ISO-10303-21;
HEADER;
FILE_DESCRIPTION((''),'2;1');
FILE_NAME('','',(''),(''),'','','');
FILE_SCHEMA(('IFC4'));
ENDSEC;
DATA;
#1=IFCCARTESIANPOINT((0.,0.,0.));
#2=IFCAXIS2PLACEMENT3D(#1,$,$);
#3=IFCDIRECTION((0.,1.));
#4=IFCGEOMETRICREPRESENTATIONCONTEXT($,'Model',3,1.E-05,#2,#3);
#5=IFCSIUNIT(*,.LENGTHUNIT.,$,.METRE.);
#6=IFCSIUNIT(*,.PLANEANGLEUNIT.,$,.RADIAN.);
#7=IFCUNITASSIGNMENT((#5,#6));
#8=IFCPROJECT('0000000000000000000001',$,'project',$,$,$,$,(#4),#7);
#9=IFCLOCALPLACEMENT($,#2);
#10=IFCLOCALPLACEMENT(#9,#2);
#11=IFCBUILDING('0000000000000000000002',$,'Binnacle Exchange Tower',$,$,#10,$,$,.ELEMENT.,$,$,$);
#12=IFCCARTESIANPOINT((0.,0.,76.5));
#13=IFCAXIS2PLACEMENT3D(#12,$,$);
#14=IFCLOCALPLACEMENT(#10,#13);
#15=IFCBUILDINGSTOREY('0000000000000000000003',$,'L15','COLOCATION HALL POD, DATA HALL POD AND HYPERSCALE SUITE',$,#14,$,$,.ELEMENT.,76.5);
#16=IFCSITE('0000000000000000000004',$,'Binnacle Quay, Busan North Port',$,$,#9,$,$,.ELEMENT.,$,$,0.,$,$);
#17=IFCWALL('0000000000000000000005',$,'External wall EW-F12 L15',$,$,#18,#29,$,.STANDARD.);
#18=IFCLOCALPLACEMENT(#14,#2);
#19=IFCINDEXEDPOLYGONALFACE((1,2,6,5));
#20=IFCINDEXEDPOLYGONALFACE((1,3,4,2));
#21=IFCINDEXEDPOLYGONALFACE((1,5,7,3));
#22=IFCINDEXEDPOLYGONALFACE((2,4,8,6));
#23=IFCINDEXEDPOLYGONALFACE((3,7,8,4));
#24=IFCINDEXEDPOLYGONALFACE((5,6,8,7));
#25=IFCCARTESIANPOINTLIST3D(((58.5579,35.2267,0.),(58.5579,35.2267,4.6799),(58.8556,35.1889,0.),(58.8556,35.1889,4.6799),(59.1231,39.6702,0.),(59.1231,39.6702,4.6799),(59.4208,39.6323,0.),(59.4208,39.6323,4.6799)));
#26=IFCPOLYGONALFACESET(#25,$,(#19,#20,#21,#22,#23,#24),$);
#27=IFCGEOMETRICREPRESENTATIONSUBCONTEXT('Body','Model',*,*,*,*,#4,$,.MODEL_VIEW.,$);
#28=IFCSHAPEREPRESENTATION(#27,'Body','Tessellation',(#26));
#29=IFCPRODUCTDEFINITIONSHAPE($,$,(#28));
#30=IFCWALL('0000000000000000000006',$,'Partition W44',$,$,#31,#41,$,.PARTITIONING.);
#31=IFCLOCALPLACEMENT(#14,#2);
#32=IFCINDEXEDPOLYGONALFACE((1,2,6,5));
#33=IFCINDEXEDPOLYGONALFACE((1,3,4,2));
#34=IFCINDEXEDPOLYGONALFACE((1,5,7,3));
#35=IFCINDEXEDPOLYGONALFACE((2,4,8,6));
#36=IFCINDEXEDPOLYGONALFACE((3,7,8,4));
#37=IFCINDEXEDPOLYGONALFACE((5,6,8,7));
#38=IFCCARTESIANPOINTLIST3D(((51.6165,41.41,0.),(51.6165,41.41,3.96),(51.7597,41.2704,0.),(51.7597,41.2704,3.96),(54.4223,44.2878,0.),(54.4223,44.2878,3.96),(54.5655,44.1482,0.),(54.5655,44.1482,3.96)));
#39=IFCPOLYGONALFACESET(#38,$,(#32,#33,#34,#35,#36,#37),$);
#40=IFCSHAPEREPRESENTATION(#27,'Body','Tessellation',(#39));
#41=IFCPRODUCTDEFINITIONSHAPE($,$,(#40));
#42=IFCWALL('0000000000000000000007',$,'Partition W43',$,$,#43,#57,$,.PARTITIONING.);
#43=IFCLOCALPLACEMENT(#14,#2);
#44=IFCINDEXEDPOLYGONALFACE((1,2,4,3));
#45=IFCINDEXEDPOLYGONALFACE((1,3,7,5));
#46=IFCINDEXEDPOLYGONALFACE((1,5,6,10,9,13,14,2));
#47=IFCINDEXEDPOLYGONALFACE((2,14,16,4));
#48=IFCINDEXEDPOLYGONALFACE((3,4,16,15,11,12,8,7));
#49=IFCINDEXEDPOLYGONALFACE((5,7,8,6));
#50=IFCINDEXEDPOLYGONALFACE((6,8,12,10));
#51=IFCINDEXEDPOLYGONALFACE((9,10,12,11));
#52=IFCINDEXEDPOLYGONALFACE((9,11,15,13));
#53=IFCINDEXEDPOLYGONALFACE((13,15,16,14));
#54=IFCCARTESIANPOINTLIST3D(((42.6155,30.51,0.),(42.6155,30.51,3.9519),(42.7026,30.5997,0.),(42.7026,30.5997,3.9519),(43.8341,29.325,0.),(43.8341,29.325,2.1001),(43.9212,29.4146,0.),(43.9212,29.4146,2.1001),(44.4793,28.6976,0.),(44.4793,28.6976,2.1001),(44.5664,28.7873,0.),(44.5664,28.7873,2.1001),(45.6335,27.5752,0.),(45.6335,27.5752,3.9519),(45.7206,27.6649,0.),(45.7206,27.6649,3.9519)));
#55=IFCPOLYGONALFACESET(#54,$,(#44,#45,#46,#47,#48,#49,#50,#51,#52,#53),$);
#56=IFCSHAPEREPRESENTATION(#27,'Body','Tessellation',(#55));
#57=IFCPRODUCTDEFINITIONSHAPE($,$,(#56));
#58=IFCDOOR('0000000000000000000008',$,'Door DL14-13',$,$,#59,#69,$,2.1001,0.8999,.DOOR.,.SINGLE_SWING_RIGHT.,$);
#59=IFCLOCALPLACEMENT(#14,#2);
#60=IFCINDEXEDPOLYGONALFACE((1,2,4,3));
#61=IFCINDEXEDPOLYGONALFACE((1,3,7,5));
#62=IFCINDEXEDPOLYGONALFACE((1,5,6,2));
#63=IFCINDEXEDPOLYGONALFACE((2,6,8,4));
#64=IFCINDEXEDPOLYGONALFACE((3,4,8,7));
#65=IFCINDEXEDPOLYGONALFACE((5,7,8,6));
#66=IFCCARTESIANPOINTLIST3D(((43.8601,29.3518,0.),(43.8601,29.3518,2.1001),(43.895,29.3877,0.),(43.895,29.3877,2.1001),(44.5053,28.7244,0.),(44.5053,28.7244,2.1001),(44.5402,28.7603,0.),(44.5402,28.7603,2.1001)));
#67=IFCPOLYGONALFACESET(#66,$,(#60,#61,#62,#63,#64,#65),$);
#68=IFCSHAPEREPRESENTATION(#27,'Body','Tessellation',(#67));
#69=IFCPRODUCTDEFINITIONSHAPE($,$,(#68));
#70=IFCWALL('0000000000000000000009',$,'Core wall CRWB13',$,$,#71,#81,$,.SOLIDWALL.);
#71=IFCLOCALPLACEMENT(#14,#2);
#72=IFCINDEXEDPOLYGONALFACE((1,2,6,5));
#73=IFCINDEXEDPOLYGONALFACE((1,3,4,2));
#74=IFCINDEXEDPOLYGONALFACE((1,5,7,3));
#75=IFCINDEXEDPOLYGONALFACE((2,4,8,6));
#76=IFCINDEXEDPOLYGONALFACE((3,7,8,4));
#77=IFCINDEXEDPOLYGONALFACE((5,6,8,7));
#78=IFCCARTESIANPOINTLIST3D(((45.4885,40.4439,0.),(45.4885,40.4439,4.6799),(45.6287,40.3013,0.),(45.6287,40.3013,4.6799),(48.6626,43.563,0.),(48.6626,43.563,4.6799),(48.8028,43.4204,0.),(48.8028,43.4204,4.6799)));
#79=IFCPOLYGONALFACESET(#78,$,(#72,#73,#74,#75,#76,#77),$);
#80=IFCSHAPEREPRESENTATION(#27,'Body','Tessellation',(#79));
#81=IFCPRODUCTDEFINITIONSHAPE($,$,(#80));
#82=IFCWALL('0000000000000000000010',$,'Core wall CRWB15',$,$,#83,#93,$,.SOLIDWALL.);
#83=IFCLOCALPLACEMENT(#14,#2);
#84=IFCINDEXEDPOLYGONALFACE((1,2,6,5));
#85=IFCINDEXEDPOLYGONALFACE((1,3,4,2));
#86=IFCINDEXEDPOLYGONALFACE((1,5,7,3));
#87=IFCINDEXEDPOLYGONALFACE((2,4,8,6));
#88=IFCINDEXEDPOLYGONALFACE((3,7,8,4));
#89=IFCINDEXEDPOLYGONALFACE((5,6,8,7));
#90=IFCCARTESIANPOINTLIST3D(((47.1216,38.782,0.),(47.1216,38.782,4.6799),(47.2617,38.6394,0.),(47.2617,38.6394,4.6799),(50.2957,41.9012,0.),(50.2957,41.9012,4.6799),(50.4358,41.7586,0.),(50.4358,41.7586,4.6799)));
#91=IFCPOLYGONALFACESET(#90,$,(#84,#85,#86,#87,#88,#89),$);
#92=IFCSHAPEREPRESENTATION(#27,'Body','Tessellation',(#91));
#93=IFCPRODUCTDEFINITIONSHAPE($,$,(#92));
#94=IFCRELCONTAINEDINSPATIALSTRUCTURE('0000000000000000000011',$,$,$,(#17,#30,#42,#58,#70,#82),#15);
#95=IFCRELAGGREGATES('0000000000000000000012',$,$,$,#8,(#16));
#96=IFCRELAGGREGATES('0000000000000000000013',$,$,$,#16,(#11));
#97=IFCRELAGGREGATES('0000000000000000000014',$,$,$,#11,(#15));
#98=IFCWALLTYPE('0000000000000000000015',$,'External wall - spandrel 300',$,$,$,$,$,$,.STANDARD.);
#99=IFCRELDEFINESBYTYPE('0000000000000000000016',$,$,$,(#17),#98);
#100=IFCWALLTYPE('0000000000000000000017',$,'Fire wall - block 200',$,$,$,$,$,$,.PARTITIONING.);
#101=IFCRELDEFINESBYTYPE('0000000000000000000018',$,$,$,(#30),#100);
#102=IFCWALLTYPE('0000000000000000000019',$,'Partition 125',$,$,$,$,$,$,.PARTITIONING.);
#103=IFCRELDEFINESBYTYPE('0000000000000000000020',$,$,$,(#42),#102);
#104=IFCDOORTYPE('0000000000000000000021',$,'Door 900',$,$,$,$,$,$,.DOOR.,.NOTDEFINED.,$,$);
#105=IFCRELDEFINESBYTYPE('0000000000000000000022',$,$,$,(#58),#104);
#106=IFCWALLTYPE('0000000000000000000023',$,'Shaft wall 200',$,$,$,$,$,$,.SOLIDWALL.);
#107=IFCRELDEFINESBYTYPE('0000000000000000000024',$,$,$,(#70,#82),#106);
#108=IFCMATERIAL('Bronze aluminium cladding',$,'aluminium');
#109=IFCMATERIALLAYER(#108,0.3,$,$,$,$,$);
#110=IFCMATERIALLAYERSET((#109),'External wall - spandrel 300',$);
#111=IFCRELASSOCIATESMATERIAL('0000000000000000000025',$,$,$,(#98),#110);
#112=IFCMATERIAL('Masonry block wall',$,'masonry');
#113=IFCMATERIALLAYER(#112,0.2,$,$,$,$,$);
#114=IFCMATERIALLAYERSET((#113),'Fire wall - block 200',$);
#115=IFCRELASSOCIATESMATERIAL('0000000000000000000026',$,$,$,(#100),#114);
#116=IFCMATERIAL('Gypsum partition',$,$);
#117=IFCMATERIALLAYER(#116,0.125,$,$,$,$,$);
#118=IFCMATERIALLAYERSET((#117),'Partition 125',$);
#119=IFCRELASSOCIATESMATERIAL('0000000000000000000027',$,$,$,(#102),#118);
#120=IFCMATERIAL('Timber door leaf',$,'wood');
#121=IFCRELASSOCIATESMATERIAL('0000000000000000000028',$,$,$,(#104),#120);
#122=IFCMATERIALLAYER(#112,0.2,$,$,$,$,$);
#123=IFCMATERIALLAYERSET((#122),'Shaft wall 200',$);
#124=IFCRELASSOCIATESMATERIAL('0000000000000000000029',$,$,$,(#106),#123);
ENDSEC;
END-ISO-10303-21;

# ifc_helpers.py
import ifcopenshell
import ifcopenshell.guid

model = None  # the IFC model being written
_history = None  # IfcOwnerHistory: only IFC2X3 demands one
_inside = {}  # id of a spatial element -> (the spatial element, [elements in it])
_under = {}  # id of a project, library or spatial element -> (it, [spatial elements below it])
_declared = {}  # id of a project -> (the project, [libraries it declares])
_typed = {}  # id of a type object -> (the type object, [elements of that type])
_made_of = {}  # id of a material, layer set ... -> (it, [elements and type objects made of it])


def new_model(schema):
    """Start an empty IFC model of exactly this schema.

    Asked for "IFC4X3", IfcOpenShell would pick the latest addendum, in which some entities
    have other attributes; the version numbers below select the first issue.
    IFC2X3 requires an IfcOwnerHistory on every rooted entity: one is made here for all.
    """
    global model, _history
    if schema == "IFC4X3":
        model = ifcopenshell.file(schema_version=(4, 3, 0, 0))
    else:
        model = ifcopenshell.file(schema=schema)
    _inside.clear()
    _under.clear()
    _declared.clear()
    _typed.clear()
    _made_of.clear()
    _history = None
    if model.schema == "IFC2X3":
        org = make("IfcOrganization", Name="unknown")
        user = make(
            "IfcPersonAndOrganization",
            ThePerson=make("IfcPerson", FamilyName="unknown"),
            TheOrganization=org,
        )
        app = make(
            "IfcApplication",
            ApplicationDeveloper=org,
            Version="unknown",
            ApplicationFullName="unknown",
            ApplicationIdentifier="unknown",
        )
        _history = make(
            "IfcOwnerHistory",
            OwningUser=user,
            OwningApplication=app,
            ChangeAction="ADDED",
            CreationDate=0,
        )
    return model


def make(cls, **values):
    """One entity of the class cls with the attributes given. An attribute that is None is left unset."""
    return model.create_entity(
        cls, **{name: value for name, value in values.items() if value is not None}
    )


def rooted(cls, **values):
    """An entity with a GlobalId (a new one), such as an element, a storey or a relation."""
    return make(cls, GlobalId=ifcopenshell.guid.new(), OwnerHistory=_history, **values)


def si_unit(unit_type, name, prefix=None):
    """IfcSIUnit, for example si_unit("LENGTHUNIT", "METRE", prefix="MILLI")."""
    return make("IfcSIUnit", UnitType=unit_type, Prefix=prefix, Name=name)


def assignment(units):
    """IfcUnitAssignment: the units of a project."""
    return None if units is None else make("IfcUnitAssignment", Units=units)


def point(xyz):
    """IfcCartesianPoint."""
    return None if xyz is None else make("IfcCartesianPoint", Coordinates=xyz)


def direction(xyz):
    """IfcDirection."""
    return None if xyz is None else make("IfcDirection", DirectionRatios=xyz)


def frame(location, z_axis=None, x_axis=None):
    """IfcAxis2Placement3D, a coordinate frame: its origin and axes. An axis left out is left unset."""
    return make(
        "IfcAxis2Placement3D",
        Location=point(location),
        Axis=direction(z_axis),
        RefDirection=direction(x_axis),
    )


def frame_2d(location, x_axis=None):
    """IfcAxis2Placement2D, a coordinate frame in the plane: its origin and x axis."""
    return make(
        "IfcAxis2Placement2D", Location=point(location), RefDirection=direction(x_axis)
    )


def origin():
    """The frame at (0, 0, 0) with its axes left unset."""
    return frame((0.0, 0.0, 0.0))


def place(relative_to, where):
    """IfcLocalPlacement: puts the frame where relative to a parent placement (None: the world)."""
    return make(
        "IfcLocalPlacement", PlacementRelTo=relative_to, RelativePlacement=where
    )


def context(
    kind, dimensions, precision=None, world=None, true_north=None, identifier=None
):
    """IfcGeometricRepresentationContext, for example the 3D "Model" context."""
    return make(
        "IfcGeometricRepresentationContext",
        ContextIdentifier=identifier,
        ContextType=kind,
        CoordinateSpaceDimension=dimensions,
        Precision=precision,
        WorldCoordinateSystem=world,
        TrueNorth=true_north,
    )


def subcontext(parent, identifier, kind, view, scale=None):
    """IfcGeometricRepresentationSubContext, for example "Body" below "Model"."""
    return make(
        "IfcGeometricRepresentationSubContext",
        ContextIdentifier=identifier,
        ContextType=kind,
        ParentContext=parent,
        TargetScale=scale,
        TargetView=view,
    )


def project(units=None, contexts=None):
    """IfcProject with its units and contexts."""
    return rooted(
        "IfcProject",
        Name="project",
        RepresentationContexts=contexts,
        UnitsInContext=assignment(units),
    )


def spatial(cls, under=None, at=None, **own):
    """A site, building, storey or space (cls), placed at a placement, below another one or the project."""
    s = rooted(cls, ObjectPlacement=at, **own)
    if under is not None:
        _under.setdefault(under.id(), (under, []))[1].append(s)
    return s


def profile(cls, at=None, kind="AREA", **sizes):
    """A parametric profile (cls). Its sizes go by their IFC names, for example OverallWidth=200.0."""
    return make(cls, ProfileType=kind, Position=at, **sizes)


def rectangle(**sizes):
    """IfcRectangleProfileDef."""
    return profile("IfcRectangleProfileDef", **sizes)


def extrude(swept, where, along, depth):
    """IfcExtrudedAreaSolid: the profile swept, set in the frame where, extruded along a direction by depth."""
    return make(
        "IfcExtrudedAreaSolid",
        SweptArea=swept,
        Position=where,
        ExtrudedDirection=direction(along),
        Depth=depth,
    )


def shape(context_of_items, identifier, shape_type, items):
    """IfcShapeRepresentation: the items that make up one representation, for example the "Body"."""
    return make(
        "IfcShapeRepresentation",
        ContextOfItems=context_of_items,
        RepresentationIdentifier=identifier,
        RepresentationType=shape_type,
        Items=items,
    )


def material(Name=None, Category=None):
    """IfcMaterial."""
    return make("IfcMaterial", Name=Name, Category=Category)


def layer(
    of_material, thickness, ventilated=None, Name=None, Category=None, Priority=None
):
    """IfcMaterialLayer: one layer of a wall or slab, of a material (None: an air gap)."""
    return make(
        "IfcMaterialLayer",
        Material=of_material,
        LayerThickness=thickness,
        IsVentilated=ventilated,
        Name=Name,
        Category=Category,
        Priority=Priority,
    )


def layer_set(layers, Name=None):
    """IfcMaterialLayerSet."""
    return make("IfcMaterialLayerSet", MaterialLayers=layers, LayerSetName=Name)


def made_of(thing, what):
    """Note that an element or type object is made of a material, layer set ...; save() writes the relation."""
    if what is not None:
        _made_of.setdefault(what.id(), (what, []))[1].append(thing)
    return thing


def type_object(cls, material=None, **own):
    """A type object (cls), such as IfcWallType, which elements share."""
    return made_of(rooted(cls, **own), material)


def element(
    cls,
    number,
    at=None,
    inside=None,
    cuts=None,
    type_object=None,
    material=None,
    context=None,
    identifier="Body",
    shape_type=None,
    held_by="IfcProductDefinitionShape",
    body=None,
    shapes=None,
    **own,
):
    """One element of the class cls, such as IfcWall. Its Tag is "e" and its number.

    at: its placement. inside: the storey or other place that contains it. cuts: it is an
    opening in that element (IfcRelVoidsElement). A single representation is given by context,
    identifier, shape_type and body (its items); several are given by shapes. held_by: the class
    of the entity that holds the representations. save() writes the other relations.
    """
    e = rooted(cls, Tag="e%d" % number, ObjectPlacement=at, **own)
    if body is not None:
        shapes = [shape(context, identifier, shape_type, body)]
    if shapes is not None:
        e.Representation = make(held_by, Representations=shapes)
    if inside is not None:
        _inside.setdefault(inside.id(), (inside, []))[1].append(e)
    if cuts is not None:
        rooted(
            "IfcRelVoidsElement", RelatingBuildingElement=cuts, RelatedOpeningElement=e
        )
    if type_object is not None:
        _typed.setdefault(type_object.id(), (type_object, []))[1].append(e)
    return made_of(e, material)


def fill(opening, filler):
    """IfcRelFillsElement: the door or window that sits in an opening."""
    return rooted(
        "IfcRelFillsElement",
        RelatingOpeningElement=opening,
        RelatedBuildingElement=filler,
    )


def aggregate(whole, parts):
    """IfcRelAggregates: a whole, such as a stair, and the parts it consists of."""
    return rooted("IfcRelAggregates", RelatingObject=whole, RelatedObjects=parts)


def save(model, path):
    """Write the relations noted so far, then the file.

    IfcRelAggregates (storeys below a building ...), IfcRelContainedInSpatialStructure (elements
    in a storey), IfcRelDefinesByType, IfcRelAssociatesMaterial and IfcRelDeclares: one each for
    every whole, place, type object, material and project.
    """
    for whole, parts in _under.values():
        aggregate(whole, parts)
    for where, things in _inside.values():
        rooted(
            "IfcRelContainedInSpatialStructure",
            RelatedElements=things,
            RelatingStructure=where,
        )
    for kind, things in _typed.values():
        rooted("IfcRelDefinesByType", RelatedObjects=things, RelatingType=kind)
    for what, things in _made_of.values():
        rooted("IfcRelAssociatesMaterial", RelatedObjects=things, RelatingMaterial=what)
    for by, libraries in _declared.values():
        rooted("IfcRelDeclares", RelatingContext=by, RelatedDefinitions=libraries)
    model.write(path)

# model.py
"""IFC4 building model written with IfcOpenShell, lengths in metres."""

from ifc_helpers import new_model, si_unit, direction, frame, frame_2d, origin, place, context, subcontext, project, spatial, rectangle, extrude, material, layer, layer_set, type_object, element, fill, save


model = new_model("IFC4")

# Units and contexts
model_context = context("Model", 3, precision=1e-05, world=origin(), true_north=direction((0.0, 1.0)))
body_context = subcontext(model_context, "Body", "Model", "MODEL_VIEW")
ifc_project = project(units=[si_unit("LENGTHUNIT", "METRE"), si_unit("PLANEANGLEUNIT", "RADIAN")], contexts=[model_context])

# Site, building, storey
site_placement = place(None, origin())
site = spatial("IfcSite", under=ifc_project, at=site_placement, Name="Binnacle Quay, Busan North Port", CompositionType="ELEMENT", RefElevation=0.0)
building_placement = place(site_placement, origin())
building = spatial("IfcBuilding", under=site, at=building_placement, Name="Binnacle Exchange Tower", CompositionType="ELEMENT")
storey_placement = place(building_placement, frame((0.0, 0.0, 76.5)))
storey = spatial("IfcBuildingStorey", under=building, at=storey_placement, Name="L15", Description="COLOCATION HALL POD, DATA HALL POD AND HYPERSCALE SUITE", CompositionType="ELEMENT", Elevation=76.5)

# Shared definitions
ifc_material_1 = material(Name="Bronze aluminium cladding", Category="aluminium")
ifc_layer_1 = layer(ifc_material_1, 0.3)
ifc_layer_set_1 = layer_set([ifc_layer_1], Name="External wall - spandrel 300")
wall_type_1 = type_object("IfcWallType", Name="External wall - spandrel 300", PredefinedType="STANDARD", material=ifc_layer_set_1)

# Walls
wall_1_placement = place(storey_placement, frame((59.272, 39.6514, 0.0), z_axis=(0.0, 0.0, 1.0), x_axis=(-0.126181, -0.992007, 0.0)))
element("IfcWall", 1, at=wall_1_placement, inside=storey, type_object=wall_type_1, Name="External wall EW-F12 L15", PredefinedType="STANDARD", context=body_context, shape_type="SweptSolid", body=[
    extrude(rectangle(XDim=4.4792, YDim=0.3, at=frame_2d((2.2397, 0.0))), origin(), (0.0, 0.0, 1.0), 4.6799),
])
ifc_material_2 = material(Name="Masonry block wall", Category="masonry")
ifc_layer_2 = layer(ifc_material_2, 0.2)
ifc_layer_set_2 = layer_set([ifc_layer_2], Name="Fire wall - block 200")
wall_type_2 = type_object("IfcWallType", Name="Fire wall - block 200", PredefinedType="PARTITIONING", material=ifc_layer_set_2)
wall_2_placement = place(storey_placement, frame((51.688, 41.3401, 0.0), z_axis=(0.0, 0.0, 1.0), x_axis=(0.698091, 0.716009, 0.0)))
element("IfcWall", 2, at=wall_2_placement, inside=storey, type_object=wall_type_2, Name="Partition W44", PredefinedType="PARTITIONING", context=body_context, shape_type="SweptSolid", body=[
    extrude(rectangle(XDim=4.0193, YDim=0.2, at=frame_2d((2.0098, 0.0))), origin(), (0.0, 0.0, 1.0), 3.96),
])

# Wall, opening, door
ifc_material_3 = material(Name="Gypsum partition")
ifc_layer_3 = layer(ifc_material_3, 0.125)
ifc_layer_set_3 = layer_set([ifc_layer_3], Name="Partition 125")
wall_type_3 = type_object("IfcWallType", Name="Partition 125", PredefinedType="PARTITIONING", material=ifc_layer_set_3)
wall_3_placement = place(storey_placement, frame((42.6589, 30.5549, 0.0), z_axis=(0.0, 0.0, 1.0), x_axis=(0.716926, -0.69715, 0.0)))
wall_3 = element("IfcWall", 3, at=wall_3_placement, inside=storey, type_object=wall_type_3, Name="Partition W43", PredefinedType="PARTITIONING", context=body_context, shape_type="SweptSolid", body=[
    extrude(rectangle(XDim=4.2097, YDim=0.125, at=frame_2d((2.105, 0.0))), origin(), (0.0, 0.0, 1.0), 3.9519),
])
opening_1_placement = place(wall_3_placement, frame((1.7, 0.0, 0.0)))
opening_1 = element("IfcOpeningElement", 4, at=opening_1_placement, cuts=wall_3, PredefinedType="OPENING", context=body_context, shape_type="SweptSolid", body=[
    extrude(rectangle(XDim=0.8999, YDim=2.1001, at=frame_2d((0.45, 1.05))), frame((0.0, 0.0725, 0.0), z_axis=(0.0, -1.0, 0.0), x_axis=(1.0, 0.0, 0.0)), (0.0, 0.0, 1.0), 0.145),
])
ifc_material_4 = material(Name="Timber door leaf", Category="wood")
door_type_1 = type_object("IfcDoorType", Name="Door 900", OperationType="NOTDEFINED", PredefinedType="DOOR", material=ifc_material_4)
door_1_placement = place(opening_1_placement, origin())
door_1 = element("IfcDoor", 5, at=door_1_placement, inside=storey, type_object=door_type_1, Name="Door DL14-13", OperationType="SINGLE_SWING_RIGHT", OverallHeight=2.1001, OverallWidth=0.8999, PredefinedType="DOOR", context=body_context, shape_type="SweptSolid", body=[
    extrude(rectangle(XDim=0.8999, YDim=2.1001, at=frame_2d((0.45, 1.05))), frame((0.0, 0.0249, 0.0), z_axis=(0.0, -1.0, 0.0), x_axis=(1.0, 0.0, 0.0)), (0.0, 0.0, 1.0), 0.05),
])
fill(opening_1, door_1)

# Walls
ifc_layer_4 = layer(ifc_material_2, 0.2)
ifc_layer_set_4 = layer_set([ifc_layer_4], Name="Shaft wall 200")
wall_type_4 = type_object("IfcWallType", Name="Shaft wall 200", PredefinedType="SOLIDWALL", material=ifc_layer_set_4)
for number, where, z_axis, x_axis, name in (
    (6, (45.5586, 40.3726, 0.0), (0.0, 0.0, 1.0), (0.713252, 0.700908, 0.0), "Core wall CRWB13"),
    (7, (47.1917, 38.7107, 0.0), (0.0, 0.0, 1.0), (0.713252, 0.700908, 0.0), "Core wall CRWB15"),
):
    element("IfcWall", number, at=place(storey_placement, frame(where, z_axis=z_axis, x_axis=x_axis)), inside=storey, type_object=wall_type_4, Name=name, PredefinedType="SOLIDWALL", context=body_context, shape_type="SweptSolid", body=[
        extrude(rectangle(XDim=4.4502, YDim=0.2, at=frame_2d((2.2251, 0.0))), origin(), (0.0, 0.0, 1.0), 4.6799),
    ])

save(model, "model.ifc")
